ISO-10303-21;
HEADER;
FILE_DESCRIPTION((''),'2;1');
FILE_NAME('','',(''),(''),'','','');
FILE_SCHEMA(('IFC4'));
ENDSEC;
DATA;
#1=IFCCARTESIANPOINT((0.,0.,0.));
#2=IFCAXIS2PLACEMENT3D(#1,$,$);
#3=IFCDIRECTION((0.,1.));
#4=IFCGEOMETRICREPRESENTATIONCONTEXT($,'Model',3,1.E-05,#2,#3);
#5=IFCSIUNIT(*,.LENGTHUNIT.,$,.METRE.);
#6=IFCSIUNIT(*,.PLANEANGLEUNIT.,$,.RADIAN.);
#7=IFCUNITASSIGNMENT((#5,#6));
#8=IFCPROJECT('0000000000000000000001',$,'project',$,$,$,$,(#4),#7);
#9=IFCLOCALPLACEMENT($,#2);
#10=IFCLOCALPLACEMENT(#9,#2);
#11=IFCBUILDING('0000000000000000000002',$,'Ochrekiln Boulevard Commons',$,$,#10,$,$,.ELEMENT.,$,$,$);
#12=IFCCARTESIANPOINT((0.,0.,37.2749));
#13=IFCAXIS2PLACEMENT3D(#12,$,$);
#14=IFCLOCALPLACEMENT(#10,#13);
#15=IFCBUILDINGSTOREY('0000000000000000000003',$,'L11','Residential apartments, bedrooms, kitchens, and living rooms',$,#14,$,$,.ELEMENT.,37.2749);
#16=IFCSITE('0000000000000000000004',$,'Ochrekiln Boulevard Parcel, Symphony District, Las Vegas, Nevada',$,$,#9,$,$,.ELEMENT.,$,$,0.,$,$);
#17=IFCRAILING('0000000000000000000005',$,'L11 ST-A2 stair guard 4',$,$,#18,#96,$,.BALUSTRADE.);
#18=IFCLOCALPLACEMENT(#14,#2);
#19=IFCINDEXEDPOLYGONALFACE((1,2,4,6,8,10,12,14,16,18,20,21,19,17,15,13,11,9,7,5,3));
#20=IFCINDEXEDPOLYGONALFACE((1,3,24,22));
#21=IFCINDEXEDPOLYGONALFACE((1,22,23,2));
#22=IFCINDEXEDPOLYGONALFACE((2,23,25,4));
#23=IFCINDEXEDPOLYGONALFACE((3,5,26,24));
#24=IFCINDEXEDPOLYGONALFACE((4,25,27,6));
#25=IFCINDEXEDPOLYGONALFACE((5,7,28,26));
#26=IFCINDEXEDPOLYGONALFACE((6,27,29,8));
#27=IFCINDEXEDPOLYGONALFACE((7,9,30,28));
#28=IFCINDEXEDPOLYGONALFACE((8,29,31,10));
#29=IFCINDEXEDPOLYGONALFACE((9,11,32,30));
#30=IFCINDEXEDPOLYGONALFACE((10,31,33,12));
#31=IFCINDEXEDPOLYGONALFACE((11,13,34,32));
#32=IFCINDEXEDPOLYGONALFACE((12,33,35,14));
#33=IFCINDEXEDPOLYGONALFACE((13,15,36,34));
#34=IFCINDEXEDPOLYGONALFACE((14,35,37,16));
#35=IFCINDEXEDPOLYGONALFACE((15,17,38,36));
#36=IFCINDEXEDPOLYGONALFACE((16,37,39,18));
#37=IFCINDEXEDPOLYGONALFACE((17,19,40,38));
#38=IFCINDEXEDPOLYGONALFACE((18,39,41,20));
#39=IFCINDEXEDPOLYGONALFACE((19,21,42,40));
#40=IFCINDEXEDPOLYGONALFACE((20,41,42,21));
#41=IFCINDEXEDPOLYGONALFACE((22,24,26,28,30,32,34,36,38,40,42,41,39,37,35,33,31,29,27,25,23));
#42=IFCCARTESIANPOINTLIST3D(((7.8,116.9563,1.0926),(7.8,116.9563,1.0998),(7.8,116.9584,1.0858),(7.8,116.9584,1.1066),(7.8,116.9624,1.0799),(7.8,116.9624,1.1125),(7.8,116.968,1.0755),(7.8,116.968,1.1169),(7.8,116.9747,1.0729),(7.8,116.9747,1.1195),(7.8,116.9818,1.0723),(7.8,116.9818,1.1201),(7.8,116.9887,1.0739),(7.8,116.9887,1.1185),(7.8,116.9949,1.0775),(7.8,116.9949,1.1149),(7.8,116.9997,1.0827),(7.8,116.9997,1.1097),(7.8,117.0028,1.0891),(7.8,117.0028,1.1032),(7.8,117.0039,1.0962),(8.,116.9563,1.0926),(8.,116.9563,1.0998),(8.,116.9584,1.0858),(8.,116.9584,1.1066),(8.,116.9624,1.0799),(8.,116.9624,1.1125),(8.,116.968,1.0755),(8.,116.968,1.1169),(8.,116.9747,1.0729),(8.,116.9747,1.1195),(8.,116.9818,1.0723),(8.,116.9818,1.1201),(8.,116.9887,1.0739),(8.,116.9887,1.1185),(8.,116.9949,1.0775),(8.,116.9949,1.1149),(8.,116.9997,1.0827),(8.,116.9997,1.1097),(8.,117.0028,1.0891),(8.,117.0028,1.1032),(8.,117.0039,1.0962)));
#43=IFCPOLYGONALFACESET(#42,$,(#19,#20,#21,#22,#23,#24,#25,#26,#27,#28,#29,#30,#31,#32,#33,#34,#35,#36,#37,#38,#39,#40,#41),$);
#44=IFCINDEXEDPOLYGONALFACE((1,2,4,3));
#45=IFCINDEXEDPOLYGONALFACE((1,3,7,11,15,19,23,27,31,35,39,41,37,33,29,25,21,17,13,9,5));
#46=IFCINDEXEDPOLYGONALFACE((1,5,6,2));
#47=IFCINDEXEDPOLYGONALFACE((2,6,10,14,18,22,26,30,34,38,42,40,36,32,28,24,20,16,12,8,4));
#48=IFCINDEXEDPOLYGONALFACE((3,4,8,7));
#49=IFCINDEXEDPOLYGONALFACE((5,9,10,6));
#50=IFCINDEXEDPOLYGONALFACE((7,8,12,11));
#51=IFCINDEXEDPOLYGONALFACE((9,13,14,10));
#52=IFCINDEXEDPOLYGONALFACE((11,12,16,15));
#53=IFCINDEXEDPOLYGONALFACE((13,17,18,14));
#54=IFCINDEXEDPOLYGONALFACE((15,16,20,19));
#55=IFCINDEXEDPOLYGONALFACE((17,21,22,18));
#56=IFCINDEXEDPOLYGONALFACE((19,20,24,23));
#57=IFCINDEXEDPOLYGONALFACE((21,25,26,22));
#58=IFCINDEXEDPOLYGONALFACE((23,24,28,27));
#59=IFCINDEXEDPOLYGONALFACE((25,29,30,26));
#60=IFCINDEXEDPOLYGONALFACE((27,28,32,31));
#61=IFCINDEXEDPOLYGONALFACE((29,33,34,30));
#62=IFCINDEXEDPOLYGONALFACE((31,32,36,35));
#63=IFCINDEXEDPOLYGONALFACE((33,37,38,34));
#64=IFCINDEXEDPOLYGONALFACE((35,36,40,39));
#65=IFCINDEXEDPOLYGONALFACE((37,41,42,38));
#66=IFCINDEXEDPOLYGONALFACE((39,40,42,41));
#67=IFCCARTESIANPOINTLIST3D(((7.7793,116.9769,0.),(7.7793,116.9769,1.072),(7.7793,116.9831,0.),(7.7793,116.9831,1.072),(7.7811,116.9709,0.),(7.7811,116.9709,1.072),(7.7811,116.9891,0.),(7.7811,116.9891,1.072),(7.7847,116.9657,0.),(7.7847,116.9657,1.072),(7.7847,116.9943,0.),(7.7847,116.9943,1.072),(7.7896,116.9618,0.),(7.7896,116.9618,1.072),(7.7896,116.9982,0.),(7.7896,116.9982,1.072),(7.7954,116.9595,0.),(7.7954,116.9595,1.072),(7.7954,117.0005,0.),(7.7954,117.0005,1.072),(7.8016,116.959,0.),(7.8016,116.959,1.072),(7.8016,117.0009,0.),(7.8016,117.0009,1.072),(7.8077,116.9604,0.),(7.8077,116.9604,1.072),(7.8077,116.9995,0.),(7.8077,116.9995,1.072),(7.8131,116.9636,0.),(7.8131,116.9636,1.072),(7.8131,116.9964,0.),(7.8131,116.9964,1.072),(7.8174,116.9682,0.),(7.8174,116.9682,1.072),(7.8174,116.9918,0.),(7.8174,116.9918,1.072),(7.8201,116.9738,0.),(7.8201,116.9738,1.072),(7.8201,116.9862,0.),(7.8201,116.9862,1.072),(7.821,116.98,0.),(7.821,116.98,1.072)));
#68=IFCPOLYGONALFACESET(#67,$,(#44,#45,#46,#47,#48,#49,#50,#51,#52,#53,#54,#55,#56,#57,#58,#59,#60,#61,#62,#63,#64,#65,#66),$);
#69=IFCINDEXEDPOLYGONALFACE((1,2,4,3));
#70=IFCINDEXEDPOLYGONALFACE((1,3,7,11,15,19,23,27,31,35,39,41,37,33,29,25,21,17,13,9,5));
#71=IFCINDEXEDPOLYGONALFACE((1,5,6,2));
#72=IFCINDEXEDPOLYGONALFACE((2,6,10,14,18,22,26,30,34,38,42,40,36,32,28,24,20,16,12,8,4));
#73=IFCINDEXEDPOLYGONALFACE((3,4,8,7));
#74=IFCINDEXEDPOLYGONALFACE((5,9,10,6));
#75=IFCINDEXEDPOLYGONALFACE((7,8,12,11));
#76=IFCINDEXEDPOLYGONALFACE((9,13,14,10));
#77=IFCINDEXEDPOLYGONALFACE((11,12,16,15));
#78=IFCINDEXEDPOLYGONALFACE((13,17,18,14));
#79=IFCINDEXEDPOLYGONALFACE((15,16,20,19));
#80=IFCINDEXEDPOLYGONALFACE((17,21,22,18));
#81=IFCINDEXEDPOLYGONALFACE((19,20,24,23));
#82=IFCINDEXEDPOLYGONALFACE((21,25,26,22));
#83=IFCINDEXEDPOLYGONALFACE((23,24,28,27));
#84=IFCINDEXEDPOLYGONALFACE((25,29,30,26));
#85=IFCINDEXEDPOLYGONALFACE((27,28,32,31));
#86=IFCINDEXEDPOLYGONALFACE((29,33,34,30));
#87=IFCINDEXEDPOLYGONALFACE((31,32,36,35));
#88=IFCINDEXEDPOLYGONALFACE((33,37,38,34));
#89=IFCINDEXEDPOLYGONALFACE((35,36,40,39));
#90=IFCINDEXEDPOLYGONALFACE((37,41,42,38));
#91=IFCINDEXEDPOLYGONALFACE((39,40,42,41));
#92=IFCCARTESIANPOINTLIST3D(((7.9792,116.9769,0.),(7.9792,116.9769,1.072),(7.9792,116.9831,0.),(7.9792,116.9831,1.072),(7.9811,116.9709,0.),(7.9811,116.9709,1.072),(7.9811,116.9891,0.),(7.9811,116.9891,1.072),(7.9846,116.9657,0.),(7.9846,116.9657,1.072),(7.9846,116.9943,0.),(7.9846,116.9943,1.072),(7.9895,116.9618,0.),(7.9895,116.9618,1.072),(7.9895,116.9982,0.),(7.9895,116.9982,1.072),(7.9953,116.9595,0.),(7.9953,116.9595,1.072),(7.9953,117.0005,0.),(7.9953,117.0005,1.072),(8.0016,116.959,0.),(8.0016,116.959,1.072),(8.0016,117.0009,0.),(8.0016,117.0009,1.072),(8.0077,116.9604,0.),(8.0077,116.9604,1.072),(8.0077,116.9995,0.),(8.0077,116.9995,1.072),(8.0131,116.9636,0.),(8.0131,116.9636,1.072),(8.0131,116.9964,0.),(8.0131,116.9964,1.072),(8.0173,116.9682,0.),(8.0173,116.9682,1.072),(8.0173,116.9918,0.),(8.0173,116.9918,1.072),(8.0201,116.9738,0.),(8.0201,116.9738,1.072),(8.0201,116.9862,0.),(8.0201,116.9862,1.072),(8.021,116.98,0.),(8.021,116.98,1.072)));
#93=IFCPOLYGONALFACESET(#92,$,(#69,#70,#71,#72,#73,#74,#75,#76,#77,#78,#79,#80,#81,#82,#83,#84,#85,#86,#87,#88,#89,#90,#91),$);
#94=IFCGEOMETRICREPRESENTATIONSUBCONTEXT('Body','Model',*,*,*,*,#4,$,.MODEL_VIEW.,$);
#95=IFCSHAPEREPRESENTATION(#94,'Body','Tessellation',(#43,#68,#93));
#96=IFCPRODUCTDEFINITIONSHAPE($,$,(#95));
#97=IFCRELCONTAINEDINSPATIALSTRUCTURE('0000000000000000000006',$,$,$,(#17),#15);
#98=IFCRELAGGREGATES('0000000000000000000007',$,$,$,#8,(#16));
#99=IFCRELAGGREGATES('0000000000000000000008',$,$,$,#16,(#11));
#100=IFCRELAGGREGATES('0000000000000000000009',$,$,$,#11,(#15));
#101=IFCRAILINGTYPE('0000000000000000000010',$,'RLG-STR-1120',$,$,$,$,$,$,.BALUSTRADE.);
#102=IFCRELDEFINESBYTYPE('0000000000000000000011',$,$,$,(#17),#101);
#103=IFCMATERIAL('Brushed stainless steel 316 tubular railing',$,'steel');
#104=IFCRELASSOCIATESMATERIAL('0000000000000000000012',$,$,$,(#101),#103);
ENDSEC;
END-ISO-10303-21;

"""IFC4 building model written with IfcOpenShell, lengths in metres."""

from ifc_helpers import new_model, si_unit, direction, frame, origin, origin_2d, place, context, subcontext, project, spatial, circle, extrude, material, type_object, element, save


model = new_model("IFC4")

# Units and contexts
model_context = context("Model", 3, precision=1e-05, world=origin(), true_north=direction((0.0, 1.0)))
body_context = subcontext(model_context, "Body", "Model", "MODEL_VIEW")
ifc_project = project(units=[si_unit("LENGTHUNIT", "METRE"), si_unit("PLANEANGLEUNIT", "RADIAN")], contexts=[model_context])

# Site, building, storey
site_placement = place(None, origin())
site = spatial("IfcSite", under=ifc_project, at=site_placement, Name="Ochrekiln Boulevard Parcel, Symphony District, Las Vegas, Nevada", CompositionType="ELEMENT", RefElevation=0.0)
building_placement = place(site_placement, origin())
building = spatial("IfcBuilding", under=site, at=building_placement, Name="Ochrekiln Boulevard Commons", CompositionType="ELEMENT")
storey_placement = place(building_placement, frame((0.0, 0.0, 37.2749)))
storey = spatial("IfcBuildingStorey", under=building, at=storey_placement, Name="L11", Description="Residential apartments, bedrooms, kitchens, and living rooms", CompositionType="ELEMENT", Elevation=37.2749)

# Railing
ifc_material_1 = material(Name="Brushed stainless steel 316 tubular railing", Category="steel")
railing_type_1 = type_object("IfcRailingType", Name="RLG-STR-1120", PredefinedType="BALUSTRADE", material=ifc_material_1)
railing_1_placement = place(storey_placement, frame((7.8, 116.98, 0.0)))
element("IfcRailing", 1, at=railing_1_placement, inside=storey, type_object=railing_type_1, Name="L11 ST-A2 stair guard 4", PredefinedType="BALUSTRADE", context=body_context, shape_type="SweptSolid", body=[
    extrude(circle(Radius=0.0239, at=origin_2d()), frame((0.0, 0.0, 1.0962), z_axis=(1.0, 0.0, 0.0), x_axis=(0.0, 1.0, 0.0)), (0.0, 0.0, 1.0), 0.2),
    extrude(circle(Radius=0.021, at=origin_2d()), origin(), (0.0, 0.0, 1.0), 1.072),
    extrude(circle(Radius=0.021, at=origin_2d()), frame((0.2, 0.0, 0.0)), (0.0, 0.0, 1.0), 1.072),
])

save(model, "model.ifc")
